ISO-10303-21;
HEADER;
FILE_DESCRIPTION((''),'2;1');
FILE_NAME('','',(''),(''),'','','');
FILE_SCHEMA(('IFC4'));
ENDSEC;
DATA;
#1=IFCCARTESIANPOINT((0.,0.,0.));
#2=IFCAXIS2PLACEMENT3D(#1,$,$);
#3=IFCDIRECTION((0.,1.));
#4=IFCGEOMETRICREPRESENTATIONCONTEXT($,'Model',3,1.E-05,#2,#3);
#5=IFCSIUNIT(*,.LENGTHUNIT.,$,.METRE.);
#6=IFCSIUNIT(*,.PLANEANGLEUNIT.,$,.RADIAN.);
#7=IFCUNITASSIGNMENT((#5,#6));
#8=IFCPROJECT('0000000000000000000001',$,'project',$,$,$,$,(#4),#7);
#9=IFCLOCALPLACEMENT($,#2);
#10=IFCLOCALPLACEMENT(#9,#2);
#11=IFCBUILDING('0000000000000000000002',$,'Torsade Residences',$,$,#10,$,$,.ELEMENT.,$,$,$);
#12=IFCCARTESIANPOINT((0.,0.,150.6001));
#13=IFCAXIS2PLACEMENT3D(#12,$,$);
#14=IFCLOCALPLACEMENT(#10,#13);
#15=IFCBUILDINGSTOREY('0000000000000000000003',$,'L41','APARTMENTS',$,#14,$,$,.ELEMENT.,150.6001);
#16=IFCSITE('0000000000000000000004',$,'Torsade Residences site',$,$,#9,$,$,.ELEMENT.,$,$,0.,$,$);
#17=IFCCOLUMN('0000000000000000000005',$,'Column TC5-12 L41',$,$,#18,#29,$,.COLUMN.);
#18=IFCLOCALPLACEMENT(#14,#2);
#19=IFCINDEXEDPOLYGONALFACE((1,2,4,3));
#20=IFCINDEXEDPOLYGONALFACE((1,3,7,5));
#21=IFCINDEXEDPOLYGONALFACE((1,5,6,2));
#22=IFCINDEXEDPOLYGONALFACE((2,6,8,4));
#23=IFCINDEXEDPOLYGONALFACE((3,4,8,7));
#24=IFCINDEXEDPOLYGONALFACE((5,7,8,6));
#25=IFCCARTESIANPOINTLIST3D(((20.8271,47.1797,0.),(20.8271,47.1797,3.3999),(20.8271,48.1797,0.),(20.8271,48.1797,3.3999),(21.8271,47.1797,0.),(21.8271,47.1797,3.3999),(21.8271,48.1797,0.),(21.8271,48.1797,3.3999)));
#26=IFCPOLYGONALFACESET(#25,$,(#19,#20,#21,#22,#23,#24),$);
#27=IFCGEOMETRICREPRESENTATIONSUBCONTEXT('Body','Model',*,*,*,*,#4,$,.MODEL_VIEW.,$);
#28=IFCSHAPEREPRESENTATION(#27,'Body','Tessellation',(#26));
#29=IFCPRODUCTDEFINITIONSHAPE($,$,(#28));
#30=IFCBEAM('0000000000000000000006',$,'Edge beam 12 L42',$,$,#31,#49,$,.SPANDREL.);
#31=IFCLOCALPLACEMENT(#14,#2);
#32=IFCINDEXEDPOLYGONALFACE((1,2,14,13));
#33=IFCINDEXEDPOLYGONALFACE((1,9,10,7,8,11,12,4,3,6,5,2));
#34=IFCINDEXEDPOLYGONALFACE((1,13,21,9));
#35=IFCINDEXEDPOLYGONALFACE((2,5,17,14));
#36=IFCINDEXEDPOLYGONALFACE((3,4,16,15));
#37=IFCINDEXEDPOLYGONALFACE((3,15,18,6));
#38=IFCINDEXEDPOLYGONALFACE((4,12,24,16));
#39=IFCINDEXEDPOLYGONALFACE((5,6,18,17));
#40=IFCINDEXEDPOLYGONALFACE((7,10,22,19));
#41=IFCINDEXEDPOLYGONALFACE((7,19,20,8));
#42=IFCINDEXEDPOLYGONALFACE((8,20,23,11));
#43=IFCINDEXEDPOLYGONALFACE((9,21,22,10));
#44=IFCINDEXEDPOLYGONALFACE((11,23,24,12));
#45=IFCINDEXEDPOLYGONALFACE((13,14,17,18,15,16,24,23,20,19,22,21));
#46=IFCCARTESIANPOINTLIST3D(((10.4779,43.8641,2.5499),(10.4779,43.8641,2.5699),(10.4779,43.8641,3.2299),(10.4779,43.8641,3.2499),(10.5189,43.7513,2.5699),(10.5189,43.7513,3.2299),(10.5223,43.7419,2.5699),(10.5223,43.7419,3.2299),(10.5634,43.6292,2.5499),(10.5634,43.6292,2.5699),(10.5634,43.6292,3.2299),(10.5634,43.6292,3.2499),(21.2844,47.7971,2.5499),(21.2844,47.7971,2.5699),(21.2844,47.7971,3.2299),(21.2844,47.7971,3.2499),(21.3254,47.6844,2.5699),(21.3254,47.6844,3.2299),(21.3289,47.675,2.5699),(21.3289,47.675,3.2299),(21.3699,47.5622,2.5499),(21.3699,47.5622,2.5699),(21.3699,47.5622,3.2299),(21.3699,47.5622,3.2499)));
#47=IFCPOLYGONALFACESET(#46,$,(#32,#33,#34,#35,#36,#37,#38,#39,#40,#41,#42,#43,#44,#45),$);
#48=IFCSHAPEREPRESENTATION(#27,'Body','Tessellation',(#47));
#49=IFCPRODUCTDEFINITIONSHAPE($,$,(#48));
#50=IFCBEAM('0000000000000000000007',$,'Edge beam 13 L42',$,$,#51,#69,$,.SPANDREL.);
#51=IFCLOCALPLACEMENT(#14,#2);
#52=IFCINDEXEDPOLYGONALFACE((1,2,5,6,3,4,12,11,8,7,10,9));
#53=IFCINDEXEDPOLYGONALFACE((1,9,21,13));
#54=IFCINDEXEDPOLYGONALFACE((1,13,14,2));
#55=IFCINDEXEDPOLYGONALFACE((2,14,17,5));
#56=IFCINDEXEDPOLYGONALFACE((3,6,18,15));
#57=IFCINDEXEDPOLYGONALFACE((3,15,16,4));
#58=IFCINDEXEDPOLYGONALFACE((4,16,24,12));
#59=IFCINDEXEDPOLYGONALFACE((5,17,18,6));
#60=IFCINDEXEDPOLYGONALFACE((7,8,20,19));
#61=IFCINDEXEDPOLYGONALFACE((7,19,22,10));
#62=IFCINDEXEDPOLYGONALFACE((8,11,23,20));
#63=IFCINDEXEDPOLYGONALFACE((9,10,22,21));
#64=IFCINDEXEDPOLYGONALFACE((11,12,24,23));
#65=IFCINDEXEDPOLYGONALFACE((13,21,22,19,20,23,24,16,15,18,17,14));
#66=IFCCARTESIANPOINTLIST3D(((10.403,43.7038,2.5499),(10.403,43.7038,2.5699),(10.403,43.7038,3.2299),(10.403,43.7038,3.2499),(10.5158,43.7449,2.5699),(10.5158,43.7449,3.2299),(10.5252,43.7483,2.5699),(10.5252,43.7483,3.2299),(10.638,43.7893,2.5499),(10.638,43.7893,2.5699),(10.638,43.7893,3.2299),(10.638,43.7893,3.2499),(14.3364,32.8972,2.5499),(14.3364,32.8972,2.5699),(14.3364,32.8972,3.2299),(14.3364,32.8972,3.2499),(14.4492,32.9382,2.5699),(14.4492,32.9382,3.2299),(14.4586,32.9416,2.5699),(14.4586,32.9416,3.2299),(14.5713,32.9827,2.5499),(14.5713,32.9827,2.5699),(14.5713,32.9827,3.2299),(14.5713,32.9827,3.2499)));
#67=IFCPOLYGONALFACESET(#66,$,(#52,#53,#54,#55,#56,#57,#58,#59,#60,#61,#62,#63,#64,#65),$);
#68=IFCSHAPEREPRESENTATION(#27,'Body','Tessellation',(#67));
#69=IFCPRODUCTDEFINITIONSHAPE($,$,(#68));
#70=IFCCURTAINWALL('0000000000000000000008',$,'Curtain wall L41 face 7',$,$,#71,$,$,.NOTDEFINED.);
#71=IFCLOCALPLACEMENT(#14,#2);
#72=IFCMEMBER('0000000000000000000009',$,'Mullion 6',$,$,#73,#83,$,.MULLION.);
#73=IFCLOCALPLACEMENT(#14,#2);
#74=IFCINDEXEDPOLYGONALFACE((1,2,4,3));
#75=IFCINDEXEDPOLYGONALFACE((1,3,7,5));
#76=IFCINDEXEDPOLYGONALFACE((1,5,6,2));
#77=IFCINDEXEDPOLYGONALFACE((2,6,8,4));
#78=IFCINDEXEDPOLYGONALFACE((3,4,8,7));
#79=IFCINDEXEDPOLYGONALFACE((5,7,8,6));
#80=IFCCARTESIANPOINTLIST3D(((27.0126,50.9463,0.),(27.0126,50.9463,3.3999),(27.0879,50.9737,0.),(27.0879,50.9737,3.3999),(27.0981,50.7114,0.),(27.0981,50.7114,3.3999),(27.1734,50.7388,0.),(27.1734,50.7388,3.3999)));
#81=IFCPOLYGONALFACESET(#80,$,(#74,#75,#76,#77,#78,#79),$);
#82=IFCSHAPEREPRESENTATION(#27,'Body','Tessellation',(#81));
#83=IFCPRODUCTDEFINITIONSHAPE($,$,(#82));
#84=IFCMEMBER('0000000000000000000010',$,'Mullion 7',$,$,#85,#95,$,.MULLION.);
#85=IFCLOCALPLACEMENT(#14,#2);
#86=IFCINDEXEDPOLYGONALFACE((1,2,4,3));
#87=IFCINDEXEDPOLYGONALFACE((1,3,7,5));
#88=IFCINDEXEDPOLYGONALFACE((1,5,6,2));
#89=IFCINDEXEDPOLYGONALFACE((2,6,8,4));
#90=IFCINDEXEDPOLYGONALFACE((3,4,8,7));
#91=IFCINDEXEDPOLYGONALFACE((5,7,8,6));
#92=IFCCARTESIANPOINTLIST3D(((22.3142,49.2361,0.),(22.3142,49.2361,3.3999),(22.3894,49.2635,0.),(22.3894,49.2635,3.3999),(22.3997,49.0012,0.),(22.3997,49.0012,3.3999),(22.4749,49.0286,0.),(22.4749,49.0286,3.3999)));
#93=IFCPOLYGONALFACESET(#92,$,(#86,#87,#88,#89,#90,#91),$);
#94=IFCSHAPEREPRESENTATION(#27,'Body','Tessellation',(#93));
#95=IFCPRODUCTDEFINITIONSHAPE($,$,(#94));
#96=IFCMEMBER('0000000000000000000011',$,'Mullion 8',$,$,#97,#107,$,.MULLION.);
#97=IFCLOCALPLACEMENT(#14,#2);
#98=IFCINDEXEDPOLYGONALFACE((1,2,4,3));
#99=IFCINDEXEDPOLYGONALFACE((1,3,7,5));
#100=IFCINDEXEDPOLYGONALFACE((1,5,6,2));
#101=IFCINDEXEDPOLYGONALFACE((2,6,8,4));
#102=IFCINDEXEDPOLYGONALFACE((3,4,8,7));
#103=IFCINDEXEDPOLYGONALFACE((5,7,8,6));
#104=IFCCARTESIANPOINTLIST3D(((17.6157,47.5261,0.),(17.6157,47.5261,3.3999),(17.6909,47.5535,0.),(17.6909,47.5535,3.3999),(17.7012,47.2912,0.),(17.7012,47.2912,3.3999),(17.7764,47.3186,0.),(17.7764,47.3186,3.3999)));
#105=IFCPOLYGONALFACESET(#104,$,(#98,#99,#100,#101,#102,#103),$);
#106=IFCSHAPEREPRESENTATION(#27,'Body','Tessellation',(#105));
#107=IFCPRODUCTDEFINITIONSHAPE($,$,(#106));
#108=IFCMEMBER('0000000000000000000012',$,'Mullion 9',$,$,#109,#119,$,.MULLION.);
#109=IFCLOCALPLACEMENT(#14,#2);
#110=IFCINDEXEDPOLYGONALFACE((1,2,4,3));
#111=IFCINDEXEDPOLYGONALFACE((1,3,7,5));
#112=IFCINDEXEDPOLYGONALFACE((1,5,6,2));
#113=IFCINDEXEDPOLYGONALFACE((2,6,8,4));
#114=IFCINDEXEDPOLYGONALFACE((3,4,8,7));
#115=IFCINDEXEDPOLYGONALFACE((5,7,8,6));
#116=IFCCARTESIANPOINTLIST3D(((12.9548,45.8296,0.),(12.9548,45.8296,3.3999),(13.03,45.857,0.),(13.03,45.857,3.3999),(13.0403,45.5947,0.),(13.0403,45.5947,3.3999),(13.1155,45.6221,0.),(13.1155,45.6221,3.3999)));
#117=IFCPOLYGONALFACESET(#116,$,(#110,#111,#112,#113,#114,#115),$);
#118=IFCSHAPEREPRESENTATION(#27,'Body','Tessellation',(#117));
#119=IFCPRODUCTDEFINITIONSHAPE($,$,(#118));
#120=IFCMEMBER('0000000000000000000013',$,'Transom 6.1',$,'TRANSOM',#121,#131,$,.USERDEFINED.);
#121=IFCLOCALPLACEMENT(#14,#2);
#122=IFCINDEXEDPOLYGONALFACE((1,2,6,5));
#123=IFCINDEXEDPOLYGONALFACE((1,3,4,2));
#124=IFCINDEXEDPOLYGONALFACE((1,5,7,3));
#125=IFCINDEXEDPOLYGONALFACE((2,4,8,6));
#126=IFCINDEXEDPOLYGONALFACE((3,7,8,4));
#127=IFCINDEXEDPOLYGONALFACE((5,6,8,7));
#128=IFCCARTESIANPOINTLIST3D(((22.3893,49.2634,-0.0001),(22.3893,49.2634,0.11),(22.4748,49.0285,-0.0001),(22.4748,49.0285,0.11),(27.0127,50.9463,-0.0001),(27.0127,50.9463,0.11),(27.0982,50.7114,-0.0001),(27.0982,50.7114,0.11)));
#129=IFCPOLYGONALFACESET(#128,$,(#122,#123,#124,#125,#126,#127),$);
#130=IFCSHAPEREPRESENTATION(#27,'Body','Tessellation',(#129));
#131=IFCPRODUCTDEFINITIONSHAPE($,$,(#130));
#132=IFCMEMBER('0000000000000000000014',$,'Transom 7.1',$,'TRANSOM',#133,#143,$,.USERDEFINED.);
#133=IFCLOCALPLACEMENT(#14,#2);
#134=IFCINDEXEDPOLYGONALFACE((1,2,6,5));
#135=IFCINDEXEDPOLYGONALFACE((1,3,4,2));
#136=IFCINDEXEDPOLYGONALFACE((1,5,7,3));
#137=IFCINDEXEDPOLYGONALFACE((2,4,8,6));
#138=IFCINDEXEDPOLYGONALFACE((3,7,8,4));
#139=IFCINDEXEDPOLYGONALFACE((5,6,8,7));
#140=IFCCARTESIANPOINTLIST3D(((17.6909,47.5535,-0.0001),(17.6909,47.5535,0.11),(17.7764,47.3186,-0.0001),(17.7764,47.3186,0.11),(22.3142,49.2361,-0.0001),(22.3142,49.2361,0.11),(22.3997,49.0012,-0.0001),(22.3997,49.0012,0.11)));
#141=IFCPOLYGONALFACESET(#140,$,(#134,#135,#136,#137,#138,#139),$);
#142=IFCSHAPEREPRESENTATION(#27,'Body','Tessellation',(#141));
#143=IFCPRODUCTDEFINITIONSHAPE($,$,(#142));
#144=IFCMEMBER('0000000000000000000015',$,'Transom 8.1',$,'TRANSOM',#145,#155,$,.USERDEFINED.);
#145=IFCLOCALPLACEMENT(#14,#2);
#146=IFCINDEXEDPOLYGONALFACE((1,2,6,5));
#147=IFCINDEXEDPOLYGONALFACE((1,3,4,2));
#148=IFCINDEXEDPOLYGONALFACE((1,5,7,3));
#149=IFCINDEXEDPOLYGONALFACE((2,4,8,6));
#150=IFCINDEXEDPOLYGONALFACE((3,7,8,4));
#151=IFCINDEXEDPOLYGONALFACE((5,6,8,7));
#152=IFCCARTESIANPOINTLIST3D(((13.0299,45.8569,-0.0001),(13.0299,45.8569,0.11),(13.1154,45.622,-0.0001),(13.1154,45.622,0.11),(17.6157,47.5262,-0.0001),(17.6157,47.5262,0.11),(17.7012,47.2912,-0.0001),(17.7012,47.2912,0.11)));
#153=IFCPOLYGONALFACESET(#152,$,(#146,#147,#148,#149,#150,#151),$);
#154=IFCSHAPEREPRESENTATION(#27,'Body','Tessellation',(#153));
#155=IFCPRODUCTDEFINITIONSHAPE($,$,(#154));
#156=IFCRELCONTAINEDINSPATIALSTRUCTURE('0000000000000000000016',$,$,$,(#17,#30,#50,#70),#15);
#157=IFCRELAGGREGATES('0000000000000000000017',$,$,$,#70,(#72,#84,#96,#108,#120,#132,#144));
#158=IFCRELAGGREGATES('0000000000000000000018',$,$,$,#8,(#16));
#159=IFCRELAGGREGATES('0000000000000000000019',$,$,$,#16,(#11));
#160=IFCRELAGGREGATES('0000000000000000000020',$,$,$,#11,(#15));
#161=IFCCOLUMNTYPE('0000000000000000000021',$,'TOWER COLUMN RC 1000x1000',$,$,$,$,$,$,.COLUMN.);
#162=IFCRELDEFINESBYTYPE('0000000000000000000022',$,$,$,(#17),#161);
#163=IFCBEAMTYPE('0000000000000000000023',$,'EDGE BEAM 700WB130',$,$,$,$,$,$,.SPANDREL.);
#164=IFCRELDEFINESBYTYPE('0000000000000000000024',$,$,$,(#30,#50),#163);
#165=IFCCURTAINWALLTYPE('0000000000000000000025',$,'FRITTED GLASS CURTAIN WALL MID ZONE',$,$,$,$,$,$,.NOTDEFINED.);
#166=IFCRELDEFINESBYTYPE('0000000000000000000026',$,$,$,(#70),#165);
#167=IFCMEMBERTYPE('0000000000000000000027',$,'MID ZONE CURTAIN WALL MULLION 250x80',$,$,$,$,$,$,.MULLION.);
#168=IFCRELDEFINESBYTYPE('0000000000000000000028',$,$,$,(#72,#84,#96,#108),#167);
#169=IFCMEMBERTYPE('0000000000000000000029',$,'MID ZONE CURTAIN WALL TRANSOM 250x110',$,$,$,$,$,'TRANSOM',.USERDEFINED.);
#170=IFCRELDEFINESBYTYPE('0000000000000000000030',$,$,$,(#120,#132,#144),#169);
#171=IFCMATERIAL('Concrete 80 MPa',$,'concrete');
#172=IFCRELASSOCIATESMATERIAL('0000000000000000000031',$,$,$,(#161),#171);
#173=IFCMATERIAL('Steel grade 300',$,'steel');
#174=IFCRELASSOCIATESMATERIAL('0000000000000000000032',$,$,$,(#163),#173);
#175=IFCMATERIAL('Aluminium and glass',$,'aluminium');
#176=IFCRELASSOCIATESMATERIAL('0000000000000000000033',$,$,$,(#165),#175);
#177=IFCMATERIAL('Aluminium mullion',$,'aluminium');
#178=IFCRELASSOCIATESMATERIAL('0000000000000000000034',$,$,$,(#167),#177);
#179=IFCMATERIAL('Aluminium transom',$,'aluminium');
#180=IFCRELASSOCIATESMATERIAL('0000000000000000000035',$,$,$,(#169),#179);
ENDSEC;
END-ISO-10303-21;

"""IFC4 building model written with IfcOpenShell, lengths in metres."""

from ifc_helpers import new_model, si_unit, direction, frame, origin, origin_2d, place, context, subcontext, project, spatial, rectangle, i_section, extrude, material, material_profile, profile_set, type_object, element, aggregate, save


model = new_model("IFC4")

# Units and contexts
model_context = context("Model", 3, precision=1e-05, world=origin(), true_north=direction((0.0, 1.0)))
body_context = subcontext(model_context, "Body", "Model", "MODEL_VIEW")
ifc_project = project(units=[si_unit("LENGTHUNIT", "METRE"), si_unit("PLANEANGLEUNIT", "RADIAN")], contexts=[model_context])

# Site, building, storey
site_placement = place(None, origin())
site = spatial("IfcSite", under=ifc_project, at=site_placement, Name="Torsade Residences site", CompositionType="ELEMENT", RefElevation=0.0)
building_placement = place(site_placement, origin())
building = spatial("IfcBuilding", under=site, at=building_placement, Name="Torsade Residences", CompositionType="ELEMENT")
storey_placement = place(building_placement, frame((0.0, 0.0, 150.6001)))
storey = spatial("IfcBuildingStorey", under=building, at=storey_placement, Name="L41", Description="APARTMENTS", CompositionType="ELEMENT", Elevation=150.6001)

# Column
ifc_material_1 = material(Name="Concrete 80 MPa", Category="concrete")
ifc_material_profile_1 = material_profile(ifc_material_1, rectangle(XDim=1.0, YDim=1.0, at=origin_2d()), Name="RC 1000x1000")
ifc_profile_set_1 = profile_set([ifc_material_profile_1], Name="Concrete 80 MPa")
column_type = type_object("IfcColumnType", Name="TOWER COLUMN RC 1000x1000", PredefinedType="COLUMN", material=ifc_profile_set_1)
column_placement = place(storey_placement, frame((21.3271, 47.6797, 0.0), z_axis=(0.0, 0.0, 1.0), x_axis=(1.0, 0.0, 0.0)))
element("IfcColumn", 1, at=column_placement, inside=storey, type_object=column_type, Name="Column TC5-12 L41", PredefinedType="COLUMN", context=body_context, shape_type="SweptSolid", body=[
    extrude(rectangle(XDim=1.0, YDim=1.0, at=origin_2d()), origin(), (0.0, 0.0, 1.0), 3.3999),
])

# Beams
ifc_material_2 = material(Name="Steel grade 300", Category="steel")
ifc_material_profile_2 = material_profile(ifc_material_2, i_section(OverallWidth=0.25, OverallDepth=0.7, WebThickness=0.01, FlangeThickness=0.02, at=origin_2d()), Name="700WB130")
ifc_profile_set_2 = profile_set([ifc_material_profile_2], Name="Steel grade 300")
beam_type_1 = type_object("IfcBeamType", Name="EDGE BEAM 700WB130", PredefinedType="SPANDREL", material=ifc_profile_set_2)
beam_1_placement = place(storey_placement, frame((21.3271, 47.6797, 2.8999), z_axis=(-0.939698, -0.342006, 0.0), x_axis=(0.342006, -0.939698, 0.0)))
element("IfcBeam", 2, at=beam_1_placement, inside=storey, type_object=beam_type_1, Name="Edge beam 12 L42", PredefinedType="SPANDREL", context=body_context, shape_type="SweptSolid", body=[
    extrude(i_section(OverallWidth=0.25, OverallDepth=0.7, WebThickness=0.01, FlangeThickness=0.02, at=origin_2d()), origin(), (0.0, 0.0, 1.0), 11.5),
])
beam_2_placement = place(storey_placement, frame((10.5205, 43.7466, 2.8999), z_axis=(0.342024, -0.939691, 0.0), x_axis=(0.939691, 0.342024, 0.0)))
element("IfcBeam", 3, at=beam_2_placement, inside=storey, type_object=beam_type_1, Name="Edge beam 13 L42", PredefinedType="SPANDREL", context=body_context, shape_type="SweptSolid", body=[
    extrude(i_section(OverallWidth=0.25, OverallDepth=0.7, WebThickness=0.01, FlangeThickness=0.02, at=origin_2d()), origin(), (0.0, 0.0, 1.0), 11.5002),
])

# Curtain wall, members
ifc_material_3 = material(Name="Aluminium and glass", Category="aluminium")
curtain_wall_type = type_object("IfcCurtainWallType", Name="FRITTED GLASS CURTAIN WALL MID ZONE", PredefinedType="NOTDEFINED", material=ifc_material_3)
curtain_wall_placement = place(storey_placement, origin())
curtain_wall = element("IfcCurtainWall", 4, at=curtain_wall_placement, inside=storey, type_object=curtain_wall_type, Name="Curtain wall L41 face 7", PredefinedType="NOTDEFINED")
ifc_material_4 = material(Name="Aluminium mullion", Category="aluminium")
ifc_material_profile_3 = material_profile(ifc_material_4, rectangle(XDim=0.25, YDim=0.0801, at=origin_2d()), Name="MID ZONE CURTAIN WALL MULLION 250x80")
ifc_profile_set_3 = profile_set([ifc_material_profile_3], Name="Aluminium mullion")
member_type_1 = type_object("IfcMemberType", Name="MID ZONE CURTAIN WALL MULLION 250x80", PredefinedType="MULLION", material=ifc_profile_set_3)
member_1_placement = place(storey_placement, frame((27.093, 50.8425, 0.0), z_axis=(0.0, 0.0, 1.0), x_axis=(0.34202, -0.939693, 0.0)))
member_1 = element("IfcMember", 5, at=member_1_placement, type_object=member_type_1, Name="Mullion 6", PredefinedType="MULLION", context=body_context, shape_type="SweptSolid", body=[
    extrude(rectangle(XDim=0.25, YDim=0.0801, at=origin_2d()), origin(), (0.0, 0.0, 1.0), 3.3999),
])
member_2_placement = place(storey_placement, frame((22.3945, 49.1323, 0.0), z_axis=(0.0, 0.0, 1.0), x_axis=(0.34202, -0.939693, 0.0)))
member_2 = element("IfcMember", 6, at=member_2_placement, type_object=member_type_1, Name="Mullion 7", PredefinedType="MULLION", context=body_context, shape_type="SweptSolid", body=[
    extrude(rectangle(XDim=0.25, YDim=0.0801, at=origin_2d()), origin(), (0.0, 0.0, 1.0), 3.3999),
])
member_3_placement = place(storey_placement, frame((17.696, 47.4224, 0.0), z_axis=(0.0, 0.0, 1.0), x_axis=(0.34202, -0.939693, 0.0)))
member_3 = element("IfcMember", 7, at=member_3_placement, type_object=member_type_1, Name="Mullion 8", PredefinedType="MULLION", context=body_context, shape_type="SweptSolid", body=[
    extrude(rectangle(XDim=0.25, YDim=0.0801, at=origin_2d()), origin(), (0.0, 0.0, 1.0), 3.3999),
])
member_4_placement = place(storey_placement, frame((13.0352, 45.7258, 0.0), z_axis=(0.0, 0.0, 1.0), x_axis=(0.34202, -0.939693, 0.0)))
member_4 = element("IfcMember", 8, at=member_4_placement, type_object=member_type_1, Name="Mullion 9", PredefinedType="MULLION", context=body_context, shape_type="SweptSolid", body=[
    extrude(rectangle(XDim=0.25, YDim=0.0801, at=origin_2d()), origin(), (0.0, 0.0, 1.0), 3.3999),
])
ifc_material_5 = material(Name="Aluminium transom", Category="aluminium")
ifc_material_profile_4 = material_profile(ifc_material_5, rectangle(XDim=0.25, YDim=0.1101, at=origin_2d()), Name="MID ZONE CURTAIN WALL TRANSOM 250x110")
ifc_profile_set_4 = profile_set([ifc_material_profile_4], Name="Aluminium transom")
member_type_2 = type_object("IfcMemberType", Name="MID ZONE CURTAIN WALL TRANSOM 250x110", ElementType="TRANSOM", PredefinedType="USERDEFINED", material=ifc_profile_set_4)
member_5_placement = place(storey_placement, frame((27.0554, 50.8289, 0.0549), z_axis=(-0.939685, -0.342042, 0.0), x_axis=(0.342042, -0.939685, 0.0)))
member_5 = element("IfcMember", 9, at=member_5_placement, type_object=member_type_2, Name="Transom 6.1", ObjectType="TRANSOM", PredefinedType="USERDEFINED", context=body_context, shape_type="SweptSolid", body=[
    extrude(rectangle(XDim=0.25, YDim=0.1101, at=origin_2d()), origin(), (0.0, 0.0, 1.0), 4.9202),
])
member_6_placement = place(storey_placement, frame((22.3569, 49.1187, 0.0549), z_axis=(-0.939701, -0.341998, 0.0), x_axis=(0.341998, -0.939701, 0.0)))
member_6 = element("IfcMember", 10, at=member_6_placement, type_object=member_type_2, Name="Transom 7.1", ObjectType="TRANSOM", PredefinedType="USERDEFINED", context=body_context, shape_type="SweptSolid", body=[
    extrude(rectangle(XDim=0.25, YDim=0.1101, at=origin_2d()), origin(), (0.0, 0.0, 1.0), 4.9199),
])
member_7_placement = place(storey_placement, frame((17.6584, 47.4087, 0.0549), z_axis=(-0.939684, -0.342044, 0.0), x_axis=(0.342044, -0.939684, 0.0)))
member_7 = element("IfcMember", 11, at=member_7_placement, type_object=member_type_2, Name="Transom 8.1", ObjectType="TRANSOM", PredefinedType="USERDEFINED", context=body_context, shape_type="SweptSolid", body=[
    extrude(rectangle(XDim=0.25, YDim=0.1101, at=origin_2d()), origin(), (0.0, 0.0, 1.0), 4.8801),
])

aggregate(curtain_wall, [member_1, member_2, member_3, member_4, member_5, member_6, member_7])

save(model, "model.ifc")
